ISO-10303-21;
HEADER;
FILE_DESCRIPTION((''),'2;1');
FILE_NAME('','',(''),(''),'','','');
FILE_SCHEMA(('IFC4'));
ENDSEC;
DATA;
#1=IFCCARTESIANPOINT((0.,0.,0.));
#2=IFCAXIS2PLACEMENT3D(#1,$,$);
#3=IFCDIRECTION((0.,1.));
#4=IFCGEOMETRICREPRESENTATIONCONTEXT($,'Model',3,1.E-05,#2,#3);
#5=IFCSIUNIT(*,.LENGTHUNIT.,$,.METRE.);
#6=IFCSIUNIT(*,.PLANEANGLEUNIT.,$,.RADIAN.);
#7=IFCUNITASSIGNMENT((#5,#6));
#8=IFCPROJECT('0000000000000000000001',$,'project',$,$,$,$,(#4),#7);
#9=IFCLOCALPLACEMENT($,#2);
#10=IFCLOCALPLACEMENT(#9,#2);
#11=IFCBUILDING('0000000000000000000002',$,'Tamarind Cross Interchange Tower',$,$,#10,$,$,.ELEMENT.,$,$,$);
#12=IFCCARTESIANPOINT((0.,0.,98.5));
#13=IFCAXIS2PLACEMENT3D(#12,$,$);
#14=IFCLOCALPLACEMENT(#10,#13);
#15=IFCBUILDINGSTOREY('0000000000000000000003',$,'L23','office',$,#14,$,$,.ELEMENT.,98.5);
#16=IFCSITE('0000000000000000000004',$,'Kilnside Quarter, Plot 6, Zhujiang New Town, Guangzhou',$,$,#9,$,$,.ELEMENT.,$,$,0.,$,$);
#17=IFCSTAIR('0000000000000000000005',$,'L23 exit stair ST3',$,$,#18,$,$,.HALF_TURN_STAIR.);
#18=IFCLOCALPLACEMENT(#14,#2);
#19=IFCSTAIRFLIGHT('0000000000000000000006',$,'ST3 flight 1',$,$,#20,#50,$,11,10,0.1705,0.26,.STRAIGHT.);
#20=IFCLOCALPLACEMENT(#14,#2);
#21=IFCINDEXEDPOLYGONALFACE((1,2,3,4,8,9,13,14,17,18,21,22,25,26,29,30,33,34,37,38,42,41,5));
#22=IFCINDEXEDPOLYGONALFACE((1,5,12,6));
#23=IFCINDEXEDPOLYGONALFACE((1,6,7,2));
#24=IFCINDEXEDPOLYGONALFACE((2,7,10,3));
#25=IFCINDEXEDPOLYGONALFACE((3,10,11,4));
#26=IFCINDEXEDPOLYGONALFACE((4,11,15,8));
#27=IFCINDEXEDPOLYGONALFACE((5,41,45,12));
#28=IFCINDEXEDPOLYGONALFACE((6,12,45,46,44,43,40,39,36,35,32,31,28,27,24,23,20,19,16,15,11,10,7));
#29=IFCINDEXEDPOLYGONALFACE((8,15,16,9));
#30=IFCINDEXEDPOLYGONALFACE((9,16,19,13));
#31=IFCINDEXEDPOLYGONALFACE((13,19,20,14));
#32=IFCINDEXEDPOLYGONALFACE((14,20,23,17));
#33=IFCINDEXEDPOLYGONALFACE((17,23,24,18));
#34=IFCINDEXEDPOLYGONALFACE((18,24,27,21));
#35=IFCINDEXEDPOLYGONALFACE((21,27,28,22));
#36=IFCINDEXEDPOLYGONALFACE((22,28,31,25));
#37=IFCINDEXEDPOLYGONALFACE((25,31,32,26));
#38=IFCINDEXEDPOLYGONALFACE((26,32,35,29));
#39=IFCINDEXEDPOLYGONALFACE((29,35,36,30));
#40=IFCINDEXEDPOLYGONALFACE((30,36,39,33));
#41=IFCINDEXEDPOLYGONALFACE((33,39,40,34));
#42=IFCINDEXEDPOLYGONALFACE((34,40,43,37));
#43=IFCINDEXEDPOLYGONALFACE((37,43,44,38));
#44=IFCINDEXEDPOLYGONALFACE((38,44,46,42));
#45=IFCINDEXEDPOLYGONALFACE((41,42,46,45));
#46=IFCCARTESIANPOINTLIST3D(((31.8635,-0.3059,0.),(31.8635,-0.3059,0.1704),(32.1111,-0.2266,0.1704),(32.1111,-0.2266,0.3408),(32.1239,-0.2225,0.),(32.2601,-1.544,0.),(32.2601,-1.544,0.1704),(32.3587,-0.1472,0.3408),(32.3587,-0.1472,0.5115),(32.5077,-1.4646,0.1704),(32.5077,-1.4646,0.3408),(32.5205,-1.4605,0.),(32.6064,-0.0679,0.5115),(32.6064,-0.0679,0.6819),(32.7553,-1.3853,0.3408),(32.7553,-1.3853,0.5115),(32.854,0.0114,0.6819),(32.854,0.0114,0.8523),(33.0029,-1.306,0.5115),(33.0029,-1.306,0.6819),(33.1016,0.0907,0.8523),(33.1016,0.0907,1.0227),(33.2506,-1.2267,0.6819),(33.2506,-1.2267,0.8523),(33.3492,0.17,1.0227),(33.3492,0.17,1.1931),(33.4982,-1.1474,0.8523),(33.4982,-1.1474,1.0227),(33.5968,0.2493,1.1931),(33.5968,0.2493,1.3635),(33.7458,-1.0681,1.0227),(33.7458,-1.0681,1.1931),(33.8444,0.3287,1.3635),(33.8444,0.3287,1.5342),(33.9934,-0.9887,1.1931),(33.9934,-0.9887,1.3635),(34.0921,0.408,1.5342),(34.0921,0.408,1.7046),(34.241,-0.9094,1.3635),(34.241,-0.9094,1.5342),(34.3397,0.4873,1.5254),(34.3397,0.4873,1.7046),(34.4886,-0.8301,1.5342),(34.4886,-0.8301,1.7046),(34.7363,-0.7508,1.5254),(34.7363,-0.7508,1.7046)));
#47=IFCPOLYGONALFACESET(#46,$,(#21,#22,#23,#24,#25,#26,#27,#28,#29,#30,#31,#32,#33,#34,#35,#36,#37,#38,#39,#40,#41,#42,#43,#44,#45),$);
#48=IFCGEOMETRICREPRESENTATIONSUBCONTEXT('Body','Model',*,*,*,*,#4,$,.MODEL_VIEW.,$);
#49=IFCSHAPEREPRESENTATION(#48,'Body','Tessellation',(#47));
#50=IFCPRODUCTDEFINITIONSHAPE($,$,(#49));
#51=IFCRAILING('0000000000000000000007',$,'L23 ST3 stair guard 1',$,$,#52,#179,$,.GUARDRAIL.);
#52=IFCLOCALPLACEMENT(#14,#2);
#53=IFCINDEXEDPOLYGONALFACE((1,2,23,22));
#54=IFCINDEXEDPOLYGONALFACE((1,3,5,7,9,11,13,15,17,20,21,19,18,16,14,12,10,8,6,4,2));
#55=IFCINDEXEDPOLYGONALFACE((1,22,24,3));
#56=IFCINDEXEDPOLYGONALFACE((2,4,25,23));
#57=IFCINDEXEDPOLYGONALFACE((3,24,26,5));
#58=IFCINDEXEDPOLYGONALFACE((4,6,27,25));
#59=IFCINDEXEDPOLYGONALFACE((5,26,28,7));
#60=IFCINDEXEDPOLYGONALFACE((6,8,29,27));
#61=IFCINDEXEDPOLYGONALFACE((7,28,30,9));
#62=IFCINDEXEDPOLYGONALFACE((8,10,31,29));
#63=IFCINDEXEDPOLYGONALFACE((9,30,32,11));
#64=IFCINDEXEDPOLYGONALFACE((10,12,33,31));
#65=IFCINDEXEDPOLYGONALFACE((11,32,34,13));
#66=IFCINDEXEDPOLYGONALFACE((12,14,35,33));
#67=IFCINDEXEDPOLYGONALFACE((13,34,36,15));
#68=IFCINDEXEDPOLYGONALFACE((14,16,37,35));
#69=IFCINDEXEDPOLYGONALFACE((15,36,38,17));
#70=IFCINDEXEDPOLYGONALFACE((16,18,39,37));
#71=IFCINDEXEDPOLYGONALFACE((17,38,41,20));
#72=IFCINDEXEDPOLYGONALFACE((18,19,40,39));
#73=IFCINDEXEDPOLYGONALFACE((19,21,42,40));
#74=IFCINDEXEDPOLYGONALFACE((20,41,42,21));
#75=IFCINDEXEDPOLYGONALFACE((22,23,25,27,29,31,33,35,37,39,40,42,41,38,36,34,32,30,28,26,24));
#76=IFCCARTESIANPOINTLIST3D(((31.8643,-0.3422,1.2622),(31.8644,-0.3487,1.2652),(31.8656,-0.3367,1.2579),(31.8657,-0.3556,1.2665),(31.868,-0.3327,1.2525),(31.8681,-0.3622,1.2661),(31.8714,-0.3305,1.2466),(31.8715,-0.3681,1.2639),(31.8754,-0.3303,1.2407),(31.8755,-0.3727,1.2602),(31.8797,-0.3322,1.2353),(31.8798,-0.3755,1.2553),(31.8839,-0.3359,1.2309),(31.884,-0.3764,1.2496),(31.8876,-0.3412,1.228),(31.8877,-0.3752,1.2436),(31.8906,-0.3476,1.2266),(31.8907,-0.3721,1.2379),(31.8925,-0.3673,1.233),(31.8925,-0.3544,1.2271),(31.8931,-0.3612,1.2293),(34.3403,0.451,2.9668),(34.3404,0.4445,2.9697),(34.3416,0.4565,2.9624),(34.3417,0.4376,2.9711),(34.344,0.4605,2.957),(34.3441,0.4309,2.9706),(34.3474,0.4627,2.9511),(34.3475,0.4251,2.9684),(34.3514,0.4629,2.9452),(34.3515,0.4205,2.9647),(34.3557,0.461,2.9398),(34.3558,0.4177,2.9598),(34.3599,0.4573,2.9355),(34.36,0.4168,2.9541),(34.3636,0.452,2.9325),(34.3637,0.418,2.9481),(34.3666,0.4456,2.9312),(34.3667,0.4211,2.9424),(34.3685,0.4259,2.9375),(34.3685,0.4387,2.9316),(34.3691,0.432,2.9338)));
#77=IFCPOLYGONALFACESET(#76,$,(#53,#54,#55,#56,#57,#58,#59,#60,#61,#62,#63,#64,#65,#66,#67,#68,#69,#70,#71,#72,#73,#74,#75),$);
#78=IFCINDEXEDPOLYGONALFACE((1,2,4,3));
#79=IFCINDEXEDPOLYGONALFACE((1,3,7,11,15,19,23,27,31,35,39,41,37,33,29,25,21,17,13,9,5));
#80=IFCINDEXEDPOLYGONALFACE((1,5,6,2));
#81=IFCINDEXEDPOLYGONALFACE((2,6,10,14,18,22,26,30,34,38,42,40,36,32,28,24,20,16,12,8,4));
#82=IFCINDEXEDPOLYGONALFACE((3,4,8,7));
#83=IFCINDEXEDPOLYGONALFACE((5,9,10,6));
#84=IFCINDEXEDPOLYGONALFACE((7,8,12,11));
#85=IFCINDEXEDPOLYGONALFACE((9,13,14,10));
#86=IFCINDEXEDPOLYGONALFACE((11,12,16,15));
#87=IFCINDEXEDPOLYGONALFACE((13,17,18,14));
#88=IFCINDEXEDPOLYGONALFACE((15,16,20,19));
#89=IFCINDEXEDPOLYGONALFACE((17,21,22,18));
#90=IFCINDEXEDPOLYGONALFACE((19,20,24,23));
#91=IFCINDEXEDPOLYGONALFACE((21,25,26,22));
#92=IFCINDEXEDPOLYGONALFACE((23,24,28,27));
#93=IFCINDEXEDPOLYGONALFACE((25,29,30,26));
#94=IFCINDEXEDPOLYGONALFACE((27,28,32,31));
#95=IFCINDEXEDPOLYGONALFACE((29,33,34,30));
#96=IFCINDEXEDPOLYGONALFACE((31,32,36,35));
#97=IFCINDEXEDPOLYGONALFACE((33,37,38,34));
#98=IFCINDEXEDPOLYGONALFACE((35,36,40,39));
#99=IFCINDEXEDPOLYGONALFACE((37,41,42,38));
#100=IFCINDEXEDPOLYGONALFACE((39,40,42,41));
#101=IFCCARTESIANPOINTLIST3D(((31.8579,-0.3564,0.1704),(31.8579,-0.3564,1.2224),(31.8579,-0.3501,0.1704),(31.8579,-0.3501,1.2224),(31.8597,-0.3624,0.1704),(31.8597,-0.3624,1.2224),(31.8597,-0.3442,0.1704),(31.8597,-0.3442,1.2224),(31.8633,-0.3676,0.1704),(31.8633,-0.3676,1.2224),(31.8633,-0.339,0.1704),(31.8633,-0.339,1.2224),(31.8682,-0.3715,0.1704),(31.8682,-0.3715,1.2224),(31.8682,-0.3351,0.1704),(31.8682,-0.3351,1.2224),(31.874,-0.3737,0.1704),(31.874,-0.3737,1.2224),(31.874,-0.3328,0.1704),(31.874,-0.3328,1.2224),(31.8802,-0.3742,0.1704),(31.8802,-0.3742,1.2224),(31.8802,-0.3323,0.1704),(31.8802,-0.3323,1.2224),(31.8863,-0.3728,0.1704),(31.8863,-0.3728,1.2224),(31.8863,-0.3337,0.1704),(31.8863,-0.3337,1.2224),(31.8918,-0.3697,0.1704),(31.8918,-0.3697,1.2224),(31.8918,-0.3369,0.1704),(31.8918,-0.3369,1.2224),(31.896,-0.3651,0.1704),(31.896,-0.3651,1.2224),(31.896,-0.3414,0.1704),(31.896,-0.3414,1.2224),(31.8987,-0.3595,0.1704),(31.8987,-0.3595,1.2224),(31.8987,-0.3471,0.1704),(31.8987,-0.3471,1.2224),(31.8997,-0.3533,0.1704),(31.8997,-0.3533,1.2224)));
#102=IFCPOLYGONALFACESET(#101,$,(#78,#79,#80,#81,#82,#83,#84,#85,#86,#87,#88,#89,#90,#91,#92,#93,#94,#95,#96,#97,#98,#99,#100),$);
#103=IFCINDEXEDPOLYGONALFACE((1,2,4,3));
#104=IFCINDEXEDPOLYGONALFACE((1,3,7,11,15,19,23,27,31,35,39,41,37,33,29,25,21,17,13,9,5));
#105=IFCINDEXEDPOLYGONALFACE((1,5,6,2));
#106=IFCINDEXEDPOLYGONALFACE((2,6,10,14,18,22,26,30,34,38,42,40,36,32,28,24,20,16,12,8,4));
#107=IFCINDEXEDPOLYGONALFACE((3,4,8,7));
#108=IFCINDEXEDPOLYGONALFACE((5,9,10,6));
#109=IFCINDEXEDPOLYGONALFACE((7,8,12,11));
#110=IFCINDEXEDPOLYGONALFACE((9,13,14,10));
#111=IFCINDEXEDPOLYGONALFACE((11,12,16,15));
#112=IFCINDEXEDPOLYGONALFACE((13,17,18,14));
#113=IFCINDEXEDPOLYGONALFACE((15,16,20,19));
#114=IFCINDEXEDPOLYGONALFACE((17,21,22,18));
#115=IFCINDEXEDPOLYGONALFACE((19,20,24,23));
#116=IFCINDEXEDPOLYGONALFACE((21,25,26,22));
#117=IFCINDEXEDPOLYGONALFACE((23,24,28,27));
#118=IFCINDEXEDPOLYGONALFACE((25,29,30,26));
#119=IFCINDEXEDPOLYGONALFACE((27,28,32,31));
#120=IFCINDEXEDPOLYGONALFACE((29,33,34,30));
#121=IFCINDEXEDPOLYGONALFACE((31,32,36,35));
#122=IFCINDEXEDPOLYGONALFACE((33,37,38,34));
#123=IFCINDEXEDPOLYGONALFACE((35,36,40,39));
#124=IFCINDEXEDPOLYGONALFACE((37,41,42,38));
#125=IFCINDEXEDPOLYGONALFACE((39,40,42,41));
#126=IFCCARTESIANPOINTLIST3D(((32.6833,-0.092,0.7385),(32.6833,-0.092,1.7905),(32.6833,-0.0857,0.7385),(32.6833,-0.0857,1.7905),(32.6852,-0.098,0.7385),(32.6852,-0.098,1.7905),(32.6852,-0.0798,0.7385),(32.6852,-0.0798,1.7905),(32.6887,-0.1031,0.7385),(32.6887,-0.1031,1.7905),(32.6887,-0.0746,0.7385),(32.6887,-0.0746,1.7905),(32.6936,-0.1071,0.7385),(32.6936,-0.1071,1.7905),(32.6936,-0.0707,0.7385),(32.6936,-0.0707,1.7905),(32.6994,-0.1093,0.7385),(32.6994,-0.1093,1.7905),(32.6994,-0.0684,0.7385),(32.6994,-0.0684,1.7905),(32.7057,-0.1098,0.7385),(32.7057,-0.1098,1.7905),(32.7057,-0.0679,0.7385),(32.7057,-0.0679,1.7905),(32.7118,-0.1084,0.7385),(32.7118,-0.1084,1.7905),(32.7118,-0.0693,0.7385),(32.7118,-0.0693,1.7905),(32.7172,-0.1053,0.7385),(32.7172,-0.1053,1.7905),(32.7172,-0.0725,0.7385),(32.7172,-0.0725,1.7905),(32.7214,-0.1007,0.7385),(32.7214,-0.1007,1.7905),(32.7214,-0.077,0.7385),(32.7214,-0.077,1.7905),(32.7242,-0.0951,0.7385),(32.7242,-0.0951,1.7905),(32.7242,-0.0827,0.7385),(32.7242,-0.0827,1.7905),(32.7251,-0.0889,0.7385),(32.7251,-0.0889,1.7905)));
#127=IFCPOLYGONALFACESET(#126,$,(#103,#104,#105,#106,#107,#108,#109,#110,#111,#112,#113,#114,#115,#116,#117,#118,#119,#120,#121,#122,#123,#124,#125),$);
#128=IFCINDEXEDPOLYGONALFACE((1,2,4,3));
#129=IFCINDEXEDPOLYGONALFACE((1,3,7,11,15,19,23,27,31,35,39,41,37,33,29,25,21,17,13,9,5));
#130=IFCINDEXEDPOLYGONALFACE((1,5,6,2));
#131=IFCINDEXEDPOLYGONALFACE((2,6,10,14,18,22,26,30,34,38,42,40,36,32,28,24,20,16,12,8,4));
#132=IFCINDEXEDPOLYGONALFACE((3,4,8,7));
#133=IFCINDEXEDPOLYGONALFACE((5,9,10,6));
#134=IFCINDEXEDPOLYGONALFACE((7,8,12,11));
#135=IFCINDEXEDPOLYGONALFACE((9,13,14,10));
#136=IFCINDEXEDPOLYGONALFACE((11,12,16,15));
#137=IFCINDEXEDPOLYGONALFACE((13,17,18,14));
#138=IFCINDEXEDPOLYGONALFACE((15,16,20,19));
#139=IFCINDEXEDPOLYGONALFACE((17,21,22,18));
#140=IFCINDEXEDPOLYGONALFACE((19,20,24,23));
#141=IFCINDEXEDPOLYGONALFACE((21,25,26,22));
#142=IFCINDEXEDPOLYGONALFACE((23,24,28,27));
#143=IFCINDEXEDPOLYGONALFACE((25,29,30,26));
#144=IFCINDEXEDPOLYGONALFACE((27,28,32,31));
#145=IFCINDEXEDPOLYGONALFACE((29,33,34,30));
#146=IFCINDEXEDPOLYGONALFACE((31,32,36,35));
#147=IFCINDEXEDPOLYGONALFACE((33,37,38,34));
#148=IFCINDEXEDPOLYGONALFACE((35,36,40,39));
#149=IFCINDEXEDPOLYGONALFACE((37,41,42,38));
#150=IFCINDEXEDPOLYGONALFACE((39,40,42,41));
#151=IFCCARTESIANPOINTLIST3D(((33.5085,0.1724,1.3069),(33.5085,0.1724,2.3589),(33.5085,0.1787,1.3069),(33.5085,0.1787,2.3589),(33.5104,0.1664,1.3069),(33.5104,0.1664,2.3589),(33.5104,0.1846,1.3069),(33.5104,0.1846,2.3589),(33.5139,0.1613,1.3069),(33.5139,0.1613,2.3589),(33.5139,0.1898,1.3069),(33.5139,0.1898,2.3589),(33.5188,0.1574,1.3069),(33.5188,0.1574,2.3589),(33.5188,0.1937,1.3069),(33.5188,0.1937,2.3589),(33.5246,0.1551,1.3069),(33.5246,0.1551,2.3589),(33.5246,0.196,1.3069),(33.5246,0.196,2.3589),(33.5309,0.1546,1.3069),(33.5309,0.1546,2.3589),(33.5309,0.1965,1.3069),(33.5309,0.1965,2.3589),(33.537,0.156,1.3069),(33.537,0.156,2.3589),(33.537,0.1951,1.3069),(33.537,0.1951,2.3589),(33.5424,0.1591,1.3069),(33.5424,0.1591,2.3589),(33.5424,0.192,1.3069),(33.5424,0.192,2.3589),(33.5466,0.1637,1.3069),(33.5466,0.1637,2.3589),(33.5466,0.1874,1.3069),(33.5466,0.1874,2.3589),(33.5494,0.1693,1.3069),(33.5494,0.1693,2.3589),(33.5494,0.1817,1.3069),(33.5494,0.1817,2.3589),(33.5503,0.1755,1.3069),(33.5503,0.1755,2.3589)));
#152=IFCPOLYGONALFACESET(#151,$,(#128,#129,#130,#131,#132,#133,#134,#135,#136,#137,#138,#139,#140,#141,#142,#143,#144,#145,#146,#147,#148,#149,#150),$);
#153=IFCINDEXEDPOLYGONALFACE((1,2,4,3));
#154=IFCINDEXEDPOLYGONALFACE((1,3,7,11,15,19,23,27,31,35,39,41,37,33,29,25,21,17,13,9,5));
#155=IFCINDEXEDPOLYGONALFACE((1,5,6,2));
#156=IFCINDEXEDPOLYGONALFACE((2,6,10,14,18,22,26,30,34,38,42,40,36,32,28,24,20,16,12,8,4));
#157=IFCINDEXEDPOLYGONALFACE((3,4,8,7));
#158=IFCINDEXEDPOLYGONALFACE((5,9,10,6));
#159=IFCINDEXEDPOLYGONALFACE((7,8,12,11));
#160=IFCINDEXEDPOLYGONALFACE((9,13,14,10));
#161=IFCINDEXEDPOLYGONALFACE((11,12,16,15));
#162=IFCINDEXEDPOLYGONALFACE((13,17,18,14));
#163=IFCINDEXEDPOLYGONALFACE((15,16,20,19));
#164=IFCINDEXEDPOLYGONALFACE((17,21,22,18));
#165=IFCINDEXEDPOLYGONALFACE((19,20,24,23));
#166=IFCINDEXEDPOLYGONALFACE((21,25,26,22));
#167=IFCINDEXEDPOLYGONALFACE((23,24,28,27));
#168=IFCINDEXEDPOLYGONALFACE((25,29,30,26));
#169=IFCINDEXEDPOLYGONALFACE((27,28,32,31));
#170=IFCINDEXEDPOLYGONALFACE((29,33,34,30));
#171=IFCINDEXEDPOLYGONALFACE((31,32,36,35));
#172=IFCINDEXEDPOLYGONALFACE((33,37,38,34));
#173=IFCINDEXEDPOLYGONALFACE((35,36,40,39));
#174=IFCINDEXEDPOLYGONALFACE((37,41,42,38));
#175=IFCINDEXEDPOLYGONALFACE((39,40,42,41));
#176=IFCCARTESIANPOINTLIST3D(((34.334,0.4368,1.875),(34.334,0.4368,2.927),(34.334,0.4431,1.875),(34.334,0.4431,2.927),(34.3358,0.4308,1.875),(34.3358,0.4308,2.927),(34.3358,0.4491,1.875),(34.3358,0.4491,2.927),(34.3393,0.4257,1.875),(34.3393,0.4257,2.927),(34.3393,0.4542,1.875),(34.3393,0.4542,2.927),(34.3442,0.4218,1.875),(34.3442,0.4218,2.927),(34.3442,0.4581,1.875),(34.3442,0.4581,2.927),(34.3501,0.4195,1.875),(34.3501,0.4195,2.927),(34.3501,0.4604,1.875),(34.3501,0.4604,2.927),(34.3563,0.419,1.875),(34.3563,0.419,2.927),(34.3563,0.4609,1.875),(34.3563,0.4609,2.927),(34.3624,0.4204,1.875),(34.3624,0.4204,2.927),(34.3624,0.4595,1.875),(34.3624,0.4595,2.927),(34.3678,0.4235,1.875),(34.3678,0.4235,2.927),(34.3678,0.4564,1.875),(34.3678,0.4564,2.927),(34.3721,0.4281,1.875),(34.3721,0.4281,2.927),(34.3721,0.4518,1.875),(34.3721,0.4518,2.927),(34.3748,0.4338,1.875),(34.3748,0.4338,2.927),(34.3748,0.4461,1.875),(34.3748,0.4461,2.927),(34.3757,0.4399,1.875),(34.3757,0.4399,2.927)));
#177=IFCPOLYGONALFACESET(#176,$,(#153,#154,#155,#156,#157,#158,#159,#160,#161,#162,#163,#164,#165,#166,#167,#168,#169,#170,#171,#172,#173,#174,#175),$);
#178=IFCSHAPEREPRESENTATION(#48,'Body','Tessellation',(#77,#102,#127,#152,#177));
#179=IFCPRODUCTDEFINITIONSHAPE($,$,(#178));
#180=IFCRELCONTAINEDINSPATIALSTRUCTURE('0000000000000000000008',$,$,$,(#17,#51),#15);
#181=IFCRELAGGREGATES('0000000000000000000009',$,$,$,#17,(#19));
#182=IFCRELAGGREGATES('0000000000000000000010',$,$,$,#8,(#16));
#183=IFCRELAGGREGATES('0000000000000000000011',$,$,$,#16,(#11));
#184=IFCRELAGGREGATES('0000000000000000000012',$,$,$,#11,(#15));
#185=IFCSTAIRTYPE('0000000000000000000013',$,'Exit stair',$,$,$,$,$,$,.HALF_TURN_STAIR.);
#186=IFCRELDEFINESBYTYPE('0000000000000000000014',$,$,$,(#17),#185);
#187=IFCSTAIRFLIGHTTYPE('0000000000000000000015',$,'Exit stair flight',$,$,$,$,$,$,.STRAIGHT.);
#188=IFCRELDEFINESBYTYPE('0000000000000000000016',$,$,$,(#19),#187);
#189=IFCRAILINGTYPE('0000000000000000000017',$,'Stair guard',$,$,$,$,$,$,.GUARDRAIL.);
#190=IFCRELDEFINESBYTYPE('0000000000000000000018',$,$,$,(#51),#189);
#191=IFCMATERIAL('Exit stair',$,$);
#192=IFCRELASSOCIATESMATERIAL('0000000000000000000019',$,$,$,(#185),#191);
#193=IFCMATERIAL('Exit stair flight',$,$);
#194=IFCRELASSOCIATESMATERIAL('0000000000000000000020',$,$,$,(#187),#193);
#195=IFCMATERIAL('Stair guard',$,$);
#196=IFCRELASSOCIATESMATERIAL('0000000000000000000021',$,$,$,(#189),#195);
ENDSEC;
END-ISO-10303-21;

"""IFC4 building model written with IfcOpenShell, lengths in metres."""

from ifc_helpers import new_model, si_unit, direction, frame, origin, origin_2d, place, context, subcontext, project, spatial, polyline, circle, outline, extrude, material, type_object, element, aggregate, save


model = new_model("IFC4")

# Units and contexts
model_context = context("Model", 3, precision=1e-05, world=origin(), true_north=direction((0.0, 1.0)))
body_context = subcontext(model_context, "Body", "Model", "MODEL_VIEW")
ifc_project = project(units=[si_unit("LENGTHUNIT", "METRE"), si_unit("PLANEANGLEUNIT", "RADIAN")], contexts=[model_context])

# Site, building, storey
site_placement = place(None, origin())
site = spatial("IfcSite", under=ifc_project, at=site_placement, Name="Kilnside Quarter, Plot 6, Zhujiang New Town, Guangzhou", CompositionType="ELEMENT", RefElevation=0.0)
building_placement = place(site_placement, origin())
building = spatial("IfcBuilding", under=site, at=building_placement, Name="Tamarind Cross Interchange Tower", CompositionType="ELEMENT")
storey_placement = place(building_placement, frame((0.0, 0.0, 98.5)))
storey = spatial("IfcBuildingStorey", under=building, at=storey_placement, Name="L23", Description="office", CompositionType="ELEMENT", Elevation=98.5)

# Stair, stair flight
ifc_material_1 = material(Name="Exit stair")
stair_type = type_object("IfcStairType", Name="Exit stair", PredefinedType="HALF_TURN_STAIR", material=ifc_material_1)
stair_placement = place(storey_placement, origin())
stair = element("IfcStair", 1, at=stair_placement, inside=storey, type_object=stair_type, Name="L23 exit stair ST3", PredefinedType="HALF_TURN_STAIR")
ifc_material_2 = material(Name="Exit stair flight")
stair_flight_type = type_object("IfcStairFlightType", Name="Exit stair flight", PredefinedType="STRAIGHT", material=ifc_material_2)
stair_flight_placement = place(storey_placement, frame((32.0618, -0.9248, 0.0), z_axis=(0.0, 0.0, 1.0), x_axis=(0.952334, 0.305057, 0.0)))
stair_flight = element("IfcStairFlight", 2, at=stair_flight_placement, type_object=stair_flight_type, Name="ST3 flight 1", NumberOfRisers=11, NumberOfTreads=10, PredefinedType="STRAIGHT", RiserHeight=0.1705, TreadLength=0.26, context=body_context, shape_type="SweptSolid", body=[
    extrude(outline(polyline([(0.0, 0.0), (0.0, 0.1704), (0.26, 0.1704), (0.26, 0.3408), (0.52, 0.3408), (0.52, 0.5115), (0.78, 0.5115), (0.78, 0.6819), (1.04, 0.6819), (1.04, 0.8523), (1.3, 0.8523), (1.3, 1.0227), (1.5601, 1.0227), (1.5601, 1.1931), (1.8201, 1.1931), (1.8201, 1.3635), (2.0801, 1.3635), (2.0801, 1.5342), (2.3401, 1.5342), (2.3401, 1.7046), (2.6001, 1.7046), (2.6001, 1.875), (2.6001, 1.5254), (0.2734, 0.0), (0.0, 0.0)])), frame((0.0, 0.6499, 0.0), z_axis=(0.0, -1.0, 0.0), x_axis=(1.0, 0.0, 0.0)), (0.0, 0.0, 1.0), 1.3),
])
aggregate(stair, [stair_flight])

# Railing
ifc_material_3 = material(Name="Stair guard")
railing_type_1 = type_object("IfcRailingType", Name="Stair guard", PredefinedType="GUARDRAIL", material=ifc_material_3)
railing_1_placement = place(storey_placement, frame((31.8787, -0.3533, 0.1704)))
element("IfcRailing", 3, at=railing_1_placement, inside=storey, type_object=railing_type_1, Name="L23 ST3 stair guard 1", PredefinedType="GUARDRAIL", context=body_context, shape_type="SweptSolid", body=[
    extrude(circle(Radius=0.0239, at=origin_2d()), frame((0.0, 0.0, 1.0762), z_axis=(0.796427, 0.255136, 0.548279), x_axis=(-0.305079, 0.952327, 0.0)), (0.0, 0.0, 1.0), 3.1089),
    extrude(circle(Radius=0.021, at=origin_2d()), origin(), (0.0, 0.0, 1.0), 1.052),
    extrude(circle(Radius=0.021, at=origin_2d()), frame((0.8254, 0.2644, 0.5681)), (0.0, 0.0, 1.0), 1.052),
    extrude(circle(Radius=0.021, at=origin_2d()), frame((1.6506, 0.5288, 1.1365)), (0.0, 0.0, 1.0), 1.052),
    extrude(circle(Radius=0.021, at=origin_2d()), frame((2.4761, 0.7932, 1.7046)), (0.0, 0.0, 1.0), 1.052),
])

save(model, "model.ifc")
